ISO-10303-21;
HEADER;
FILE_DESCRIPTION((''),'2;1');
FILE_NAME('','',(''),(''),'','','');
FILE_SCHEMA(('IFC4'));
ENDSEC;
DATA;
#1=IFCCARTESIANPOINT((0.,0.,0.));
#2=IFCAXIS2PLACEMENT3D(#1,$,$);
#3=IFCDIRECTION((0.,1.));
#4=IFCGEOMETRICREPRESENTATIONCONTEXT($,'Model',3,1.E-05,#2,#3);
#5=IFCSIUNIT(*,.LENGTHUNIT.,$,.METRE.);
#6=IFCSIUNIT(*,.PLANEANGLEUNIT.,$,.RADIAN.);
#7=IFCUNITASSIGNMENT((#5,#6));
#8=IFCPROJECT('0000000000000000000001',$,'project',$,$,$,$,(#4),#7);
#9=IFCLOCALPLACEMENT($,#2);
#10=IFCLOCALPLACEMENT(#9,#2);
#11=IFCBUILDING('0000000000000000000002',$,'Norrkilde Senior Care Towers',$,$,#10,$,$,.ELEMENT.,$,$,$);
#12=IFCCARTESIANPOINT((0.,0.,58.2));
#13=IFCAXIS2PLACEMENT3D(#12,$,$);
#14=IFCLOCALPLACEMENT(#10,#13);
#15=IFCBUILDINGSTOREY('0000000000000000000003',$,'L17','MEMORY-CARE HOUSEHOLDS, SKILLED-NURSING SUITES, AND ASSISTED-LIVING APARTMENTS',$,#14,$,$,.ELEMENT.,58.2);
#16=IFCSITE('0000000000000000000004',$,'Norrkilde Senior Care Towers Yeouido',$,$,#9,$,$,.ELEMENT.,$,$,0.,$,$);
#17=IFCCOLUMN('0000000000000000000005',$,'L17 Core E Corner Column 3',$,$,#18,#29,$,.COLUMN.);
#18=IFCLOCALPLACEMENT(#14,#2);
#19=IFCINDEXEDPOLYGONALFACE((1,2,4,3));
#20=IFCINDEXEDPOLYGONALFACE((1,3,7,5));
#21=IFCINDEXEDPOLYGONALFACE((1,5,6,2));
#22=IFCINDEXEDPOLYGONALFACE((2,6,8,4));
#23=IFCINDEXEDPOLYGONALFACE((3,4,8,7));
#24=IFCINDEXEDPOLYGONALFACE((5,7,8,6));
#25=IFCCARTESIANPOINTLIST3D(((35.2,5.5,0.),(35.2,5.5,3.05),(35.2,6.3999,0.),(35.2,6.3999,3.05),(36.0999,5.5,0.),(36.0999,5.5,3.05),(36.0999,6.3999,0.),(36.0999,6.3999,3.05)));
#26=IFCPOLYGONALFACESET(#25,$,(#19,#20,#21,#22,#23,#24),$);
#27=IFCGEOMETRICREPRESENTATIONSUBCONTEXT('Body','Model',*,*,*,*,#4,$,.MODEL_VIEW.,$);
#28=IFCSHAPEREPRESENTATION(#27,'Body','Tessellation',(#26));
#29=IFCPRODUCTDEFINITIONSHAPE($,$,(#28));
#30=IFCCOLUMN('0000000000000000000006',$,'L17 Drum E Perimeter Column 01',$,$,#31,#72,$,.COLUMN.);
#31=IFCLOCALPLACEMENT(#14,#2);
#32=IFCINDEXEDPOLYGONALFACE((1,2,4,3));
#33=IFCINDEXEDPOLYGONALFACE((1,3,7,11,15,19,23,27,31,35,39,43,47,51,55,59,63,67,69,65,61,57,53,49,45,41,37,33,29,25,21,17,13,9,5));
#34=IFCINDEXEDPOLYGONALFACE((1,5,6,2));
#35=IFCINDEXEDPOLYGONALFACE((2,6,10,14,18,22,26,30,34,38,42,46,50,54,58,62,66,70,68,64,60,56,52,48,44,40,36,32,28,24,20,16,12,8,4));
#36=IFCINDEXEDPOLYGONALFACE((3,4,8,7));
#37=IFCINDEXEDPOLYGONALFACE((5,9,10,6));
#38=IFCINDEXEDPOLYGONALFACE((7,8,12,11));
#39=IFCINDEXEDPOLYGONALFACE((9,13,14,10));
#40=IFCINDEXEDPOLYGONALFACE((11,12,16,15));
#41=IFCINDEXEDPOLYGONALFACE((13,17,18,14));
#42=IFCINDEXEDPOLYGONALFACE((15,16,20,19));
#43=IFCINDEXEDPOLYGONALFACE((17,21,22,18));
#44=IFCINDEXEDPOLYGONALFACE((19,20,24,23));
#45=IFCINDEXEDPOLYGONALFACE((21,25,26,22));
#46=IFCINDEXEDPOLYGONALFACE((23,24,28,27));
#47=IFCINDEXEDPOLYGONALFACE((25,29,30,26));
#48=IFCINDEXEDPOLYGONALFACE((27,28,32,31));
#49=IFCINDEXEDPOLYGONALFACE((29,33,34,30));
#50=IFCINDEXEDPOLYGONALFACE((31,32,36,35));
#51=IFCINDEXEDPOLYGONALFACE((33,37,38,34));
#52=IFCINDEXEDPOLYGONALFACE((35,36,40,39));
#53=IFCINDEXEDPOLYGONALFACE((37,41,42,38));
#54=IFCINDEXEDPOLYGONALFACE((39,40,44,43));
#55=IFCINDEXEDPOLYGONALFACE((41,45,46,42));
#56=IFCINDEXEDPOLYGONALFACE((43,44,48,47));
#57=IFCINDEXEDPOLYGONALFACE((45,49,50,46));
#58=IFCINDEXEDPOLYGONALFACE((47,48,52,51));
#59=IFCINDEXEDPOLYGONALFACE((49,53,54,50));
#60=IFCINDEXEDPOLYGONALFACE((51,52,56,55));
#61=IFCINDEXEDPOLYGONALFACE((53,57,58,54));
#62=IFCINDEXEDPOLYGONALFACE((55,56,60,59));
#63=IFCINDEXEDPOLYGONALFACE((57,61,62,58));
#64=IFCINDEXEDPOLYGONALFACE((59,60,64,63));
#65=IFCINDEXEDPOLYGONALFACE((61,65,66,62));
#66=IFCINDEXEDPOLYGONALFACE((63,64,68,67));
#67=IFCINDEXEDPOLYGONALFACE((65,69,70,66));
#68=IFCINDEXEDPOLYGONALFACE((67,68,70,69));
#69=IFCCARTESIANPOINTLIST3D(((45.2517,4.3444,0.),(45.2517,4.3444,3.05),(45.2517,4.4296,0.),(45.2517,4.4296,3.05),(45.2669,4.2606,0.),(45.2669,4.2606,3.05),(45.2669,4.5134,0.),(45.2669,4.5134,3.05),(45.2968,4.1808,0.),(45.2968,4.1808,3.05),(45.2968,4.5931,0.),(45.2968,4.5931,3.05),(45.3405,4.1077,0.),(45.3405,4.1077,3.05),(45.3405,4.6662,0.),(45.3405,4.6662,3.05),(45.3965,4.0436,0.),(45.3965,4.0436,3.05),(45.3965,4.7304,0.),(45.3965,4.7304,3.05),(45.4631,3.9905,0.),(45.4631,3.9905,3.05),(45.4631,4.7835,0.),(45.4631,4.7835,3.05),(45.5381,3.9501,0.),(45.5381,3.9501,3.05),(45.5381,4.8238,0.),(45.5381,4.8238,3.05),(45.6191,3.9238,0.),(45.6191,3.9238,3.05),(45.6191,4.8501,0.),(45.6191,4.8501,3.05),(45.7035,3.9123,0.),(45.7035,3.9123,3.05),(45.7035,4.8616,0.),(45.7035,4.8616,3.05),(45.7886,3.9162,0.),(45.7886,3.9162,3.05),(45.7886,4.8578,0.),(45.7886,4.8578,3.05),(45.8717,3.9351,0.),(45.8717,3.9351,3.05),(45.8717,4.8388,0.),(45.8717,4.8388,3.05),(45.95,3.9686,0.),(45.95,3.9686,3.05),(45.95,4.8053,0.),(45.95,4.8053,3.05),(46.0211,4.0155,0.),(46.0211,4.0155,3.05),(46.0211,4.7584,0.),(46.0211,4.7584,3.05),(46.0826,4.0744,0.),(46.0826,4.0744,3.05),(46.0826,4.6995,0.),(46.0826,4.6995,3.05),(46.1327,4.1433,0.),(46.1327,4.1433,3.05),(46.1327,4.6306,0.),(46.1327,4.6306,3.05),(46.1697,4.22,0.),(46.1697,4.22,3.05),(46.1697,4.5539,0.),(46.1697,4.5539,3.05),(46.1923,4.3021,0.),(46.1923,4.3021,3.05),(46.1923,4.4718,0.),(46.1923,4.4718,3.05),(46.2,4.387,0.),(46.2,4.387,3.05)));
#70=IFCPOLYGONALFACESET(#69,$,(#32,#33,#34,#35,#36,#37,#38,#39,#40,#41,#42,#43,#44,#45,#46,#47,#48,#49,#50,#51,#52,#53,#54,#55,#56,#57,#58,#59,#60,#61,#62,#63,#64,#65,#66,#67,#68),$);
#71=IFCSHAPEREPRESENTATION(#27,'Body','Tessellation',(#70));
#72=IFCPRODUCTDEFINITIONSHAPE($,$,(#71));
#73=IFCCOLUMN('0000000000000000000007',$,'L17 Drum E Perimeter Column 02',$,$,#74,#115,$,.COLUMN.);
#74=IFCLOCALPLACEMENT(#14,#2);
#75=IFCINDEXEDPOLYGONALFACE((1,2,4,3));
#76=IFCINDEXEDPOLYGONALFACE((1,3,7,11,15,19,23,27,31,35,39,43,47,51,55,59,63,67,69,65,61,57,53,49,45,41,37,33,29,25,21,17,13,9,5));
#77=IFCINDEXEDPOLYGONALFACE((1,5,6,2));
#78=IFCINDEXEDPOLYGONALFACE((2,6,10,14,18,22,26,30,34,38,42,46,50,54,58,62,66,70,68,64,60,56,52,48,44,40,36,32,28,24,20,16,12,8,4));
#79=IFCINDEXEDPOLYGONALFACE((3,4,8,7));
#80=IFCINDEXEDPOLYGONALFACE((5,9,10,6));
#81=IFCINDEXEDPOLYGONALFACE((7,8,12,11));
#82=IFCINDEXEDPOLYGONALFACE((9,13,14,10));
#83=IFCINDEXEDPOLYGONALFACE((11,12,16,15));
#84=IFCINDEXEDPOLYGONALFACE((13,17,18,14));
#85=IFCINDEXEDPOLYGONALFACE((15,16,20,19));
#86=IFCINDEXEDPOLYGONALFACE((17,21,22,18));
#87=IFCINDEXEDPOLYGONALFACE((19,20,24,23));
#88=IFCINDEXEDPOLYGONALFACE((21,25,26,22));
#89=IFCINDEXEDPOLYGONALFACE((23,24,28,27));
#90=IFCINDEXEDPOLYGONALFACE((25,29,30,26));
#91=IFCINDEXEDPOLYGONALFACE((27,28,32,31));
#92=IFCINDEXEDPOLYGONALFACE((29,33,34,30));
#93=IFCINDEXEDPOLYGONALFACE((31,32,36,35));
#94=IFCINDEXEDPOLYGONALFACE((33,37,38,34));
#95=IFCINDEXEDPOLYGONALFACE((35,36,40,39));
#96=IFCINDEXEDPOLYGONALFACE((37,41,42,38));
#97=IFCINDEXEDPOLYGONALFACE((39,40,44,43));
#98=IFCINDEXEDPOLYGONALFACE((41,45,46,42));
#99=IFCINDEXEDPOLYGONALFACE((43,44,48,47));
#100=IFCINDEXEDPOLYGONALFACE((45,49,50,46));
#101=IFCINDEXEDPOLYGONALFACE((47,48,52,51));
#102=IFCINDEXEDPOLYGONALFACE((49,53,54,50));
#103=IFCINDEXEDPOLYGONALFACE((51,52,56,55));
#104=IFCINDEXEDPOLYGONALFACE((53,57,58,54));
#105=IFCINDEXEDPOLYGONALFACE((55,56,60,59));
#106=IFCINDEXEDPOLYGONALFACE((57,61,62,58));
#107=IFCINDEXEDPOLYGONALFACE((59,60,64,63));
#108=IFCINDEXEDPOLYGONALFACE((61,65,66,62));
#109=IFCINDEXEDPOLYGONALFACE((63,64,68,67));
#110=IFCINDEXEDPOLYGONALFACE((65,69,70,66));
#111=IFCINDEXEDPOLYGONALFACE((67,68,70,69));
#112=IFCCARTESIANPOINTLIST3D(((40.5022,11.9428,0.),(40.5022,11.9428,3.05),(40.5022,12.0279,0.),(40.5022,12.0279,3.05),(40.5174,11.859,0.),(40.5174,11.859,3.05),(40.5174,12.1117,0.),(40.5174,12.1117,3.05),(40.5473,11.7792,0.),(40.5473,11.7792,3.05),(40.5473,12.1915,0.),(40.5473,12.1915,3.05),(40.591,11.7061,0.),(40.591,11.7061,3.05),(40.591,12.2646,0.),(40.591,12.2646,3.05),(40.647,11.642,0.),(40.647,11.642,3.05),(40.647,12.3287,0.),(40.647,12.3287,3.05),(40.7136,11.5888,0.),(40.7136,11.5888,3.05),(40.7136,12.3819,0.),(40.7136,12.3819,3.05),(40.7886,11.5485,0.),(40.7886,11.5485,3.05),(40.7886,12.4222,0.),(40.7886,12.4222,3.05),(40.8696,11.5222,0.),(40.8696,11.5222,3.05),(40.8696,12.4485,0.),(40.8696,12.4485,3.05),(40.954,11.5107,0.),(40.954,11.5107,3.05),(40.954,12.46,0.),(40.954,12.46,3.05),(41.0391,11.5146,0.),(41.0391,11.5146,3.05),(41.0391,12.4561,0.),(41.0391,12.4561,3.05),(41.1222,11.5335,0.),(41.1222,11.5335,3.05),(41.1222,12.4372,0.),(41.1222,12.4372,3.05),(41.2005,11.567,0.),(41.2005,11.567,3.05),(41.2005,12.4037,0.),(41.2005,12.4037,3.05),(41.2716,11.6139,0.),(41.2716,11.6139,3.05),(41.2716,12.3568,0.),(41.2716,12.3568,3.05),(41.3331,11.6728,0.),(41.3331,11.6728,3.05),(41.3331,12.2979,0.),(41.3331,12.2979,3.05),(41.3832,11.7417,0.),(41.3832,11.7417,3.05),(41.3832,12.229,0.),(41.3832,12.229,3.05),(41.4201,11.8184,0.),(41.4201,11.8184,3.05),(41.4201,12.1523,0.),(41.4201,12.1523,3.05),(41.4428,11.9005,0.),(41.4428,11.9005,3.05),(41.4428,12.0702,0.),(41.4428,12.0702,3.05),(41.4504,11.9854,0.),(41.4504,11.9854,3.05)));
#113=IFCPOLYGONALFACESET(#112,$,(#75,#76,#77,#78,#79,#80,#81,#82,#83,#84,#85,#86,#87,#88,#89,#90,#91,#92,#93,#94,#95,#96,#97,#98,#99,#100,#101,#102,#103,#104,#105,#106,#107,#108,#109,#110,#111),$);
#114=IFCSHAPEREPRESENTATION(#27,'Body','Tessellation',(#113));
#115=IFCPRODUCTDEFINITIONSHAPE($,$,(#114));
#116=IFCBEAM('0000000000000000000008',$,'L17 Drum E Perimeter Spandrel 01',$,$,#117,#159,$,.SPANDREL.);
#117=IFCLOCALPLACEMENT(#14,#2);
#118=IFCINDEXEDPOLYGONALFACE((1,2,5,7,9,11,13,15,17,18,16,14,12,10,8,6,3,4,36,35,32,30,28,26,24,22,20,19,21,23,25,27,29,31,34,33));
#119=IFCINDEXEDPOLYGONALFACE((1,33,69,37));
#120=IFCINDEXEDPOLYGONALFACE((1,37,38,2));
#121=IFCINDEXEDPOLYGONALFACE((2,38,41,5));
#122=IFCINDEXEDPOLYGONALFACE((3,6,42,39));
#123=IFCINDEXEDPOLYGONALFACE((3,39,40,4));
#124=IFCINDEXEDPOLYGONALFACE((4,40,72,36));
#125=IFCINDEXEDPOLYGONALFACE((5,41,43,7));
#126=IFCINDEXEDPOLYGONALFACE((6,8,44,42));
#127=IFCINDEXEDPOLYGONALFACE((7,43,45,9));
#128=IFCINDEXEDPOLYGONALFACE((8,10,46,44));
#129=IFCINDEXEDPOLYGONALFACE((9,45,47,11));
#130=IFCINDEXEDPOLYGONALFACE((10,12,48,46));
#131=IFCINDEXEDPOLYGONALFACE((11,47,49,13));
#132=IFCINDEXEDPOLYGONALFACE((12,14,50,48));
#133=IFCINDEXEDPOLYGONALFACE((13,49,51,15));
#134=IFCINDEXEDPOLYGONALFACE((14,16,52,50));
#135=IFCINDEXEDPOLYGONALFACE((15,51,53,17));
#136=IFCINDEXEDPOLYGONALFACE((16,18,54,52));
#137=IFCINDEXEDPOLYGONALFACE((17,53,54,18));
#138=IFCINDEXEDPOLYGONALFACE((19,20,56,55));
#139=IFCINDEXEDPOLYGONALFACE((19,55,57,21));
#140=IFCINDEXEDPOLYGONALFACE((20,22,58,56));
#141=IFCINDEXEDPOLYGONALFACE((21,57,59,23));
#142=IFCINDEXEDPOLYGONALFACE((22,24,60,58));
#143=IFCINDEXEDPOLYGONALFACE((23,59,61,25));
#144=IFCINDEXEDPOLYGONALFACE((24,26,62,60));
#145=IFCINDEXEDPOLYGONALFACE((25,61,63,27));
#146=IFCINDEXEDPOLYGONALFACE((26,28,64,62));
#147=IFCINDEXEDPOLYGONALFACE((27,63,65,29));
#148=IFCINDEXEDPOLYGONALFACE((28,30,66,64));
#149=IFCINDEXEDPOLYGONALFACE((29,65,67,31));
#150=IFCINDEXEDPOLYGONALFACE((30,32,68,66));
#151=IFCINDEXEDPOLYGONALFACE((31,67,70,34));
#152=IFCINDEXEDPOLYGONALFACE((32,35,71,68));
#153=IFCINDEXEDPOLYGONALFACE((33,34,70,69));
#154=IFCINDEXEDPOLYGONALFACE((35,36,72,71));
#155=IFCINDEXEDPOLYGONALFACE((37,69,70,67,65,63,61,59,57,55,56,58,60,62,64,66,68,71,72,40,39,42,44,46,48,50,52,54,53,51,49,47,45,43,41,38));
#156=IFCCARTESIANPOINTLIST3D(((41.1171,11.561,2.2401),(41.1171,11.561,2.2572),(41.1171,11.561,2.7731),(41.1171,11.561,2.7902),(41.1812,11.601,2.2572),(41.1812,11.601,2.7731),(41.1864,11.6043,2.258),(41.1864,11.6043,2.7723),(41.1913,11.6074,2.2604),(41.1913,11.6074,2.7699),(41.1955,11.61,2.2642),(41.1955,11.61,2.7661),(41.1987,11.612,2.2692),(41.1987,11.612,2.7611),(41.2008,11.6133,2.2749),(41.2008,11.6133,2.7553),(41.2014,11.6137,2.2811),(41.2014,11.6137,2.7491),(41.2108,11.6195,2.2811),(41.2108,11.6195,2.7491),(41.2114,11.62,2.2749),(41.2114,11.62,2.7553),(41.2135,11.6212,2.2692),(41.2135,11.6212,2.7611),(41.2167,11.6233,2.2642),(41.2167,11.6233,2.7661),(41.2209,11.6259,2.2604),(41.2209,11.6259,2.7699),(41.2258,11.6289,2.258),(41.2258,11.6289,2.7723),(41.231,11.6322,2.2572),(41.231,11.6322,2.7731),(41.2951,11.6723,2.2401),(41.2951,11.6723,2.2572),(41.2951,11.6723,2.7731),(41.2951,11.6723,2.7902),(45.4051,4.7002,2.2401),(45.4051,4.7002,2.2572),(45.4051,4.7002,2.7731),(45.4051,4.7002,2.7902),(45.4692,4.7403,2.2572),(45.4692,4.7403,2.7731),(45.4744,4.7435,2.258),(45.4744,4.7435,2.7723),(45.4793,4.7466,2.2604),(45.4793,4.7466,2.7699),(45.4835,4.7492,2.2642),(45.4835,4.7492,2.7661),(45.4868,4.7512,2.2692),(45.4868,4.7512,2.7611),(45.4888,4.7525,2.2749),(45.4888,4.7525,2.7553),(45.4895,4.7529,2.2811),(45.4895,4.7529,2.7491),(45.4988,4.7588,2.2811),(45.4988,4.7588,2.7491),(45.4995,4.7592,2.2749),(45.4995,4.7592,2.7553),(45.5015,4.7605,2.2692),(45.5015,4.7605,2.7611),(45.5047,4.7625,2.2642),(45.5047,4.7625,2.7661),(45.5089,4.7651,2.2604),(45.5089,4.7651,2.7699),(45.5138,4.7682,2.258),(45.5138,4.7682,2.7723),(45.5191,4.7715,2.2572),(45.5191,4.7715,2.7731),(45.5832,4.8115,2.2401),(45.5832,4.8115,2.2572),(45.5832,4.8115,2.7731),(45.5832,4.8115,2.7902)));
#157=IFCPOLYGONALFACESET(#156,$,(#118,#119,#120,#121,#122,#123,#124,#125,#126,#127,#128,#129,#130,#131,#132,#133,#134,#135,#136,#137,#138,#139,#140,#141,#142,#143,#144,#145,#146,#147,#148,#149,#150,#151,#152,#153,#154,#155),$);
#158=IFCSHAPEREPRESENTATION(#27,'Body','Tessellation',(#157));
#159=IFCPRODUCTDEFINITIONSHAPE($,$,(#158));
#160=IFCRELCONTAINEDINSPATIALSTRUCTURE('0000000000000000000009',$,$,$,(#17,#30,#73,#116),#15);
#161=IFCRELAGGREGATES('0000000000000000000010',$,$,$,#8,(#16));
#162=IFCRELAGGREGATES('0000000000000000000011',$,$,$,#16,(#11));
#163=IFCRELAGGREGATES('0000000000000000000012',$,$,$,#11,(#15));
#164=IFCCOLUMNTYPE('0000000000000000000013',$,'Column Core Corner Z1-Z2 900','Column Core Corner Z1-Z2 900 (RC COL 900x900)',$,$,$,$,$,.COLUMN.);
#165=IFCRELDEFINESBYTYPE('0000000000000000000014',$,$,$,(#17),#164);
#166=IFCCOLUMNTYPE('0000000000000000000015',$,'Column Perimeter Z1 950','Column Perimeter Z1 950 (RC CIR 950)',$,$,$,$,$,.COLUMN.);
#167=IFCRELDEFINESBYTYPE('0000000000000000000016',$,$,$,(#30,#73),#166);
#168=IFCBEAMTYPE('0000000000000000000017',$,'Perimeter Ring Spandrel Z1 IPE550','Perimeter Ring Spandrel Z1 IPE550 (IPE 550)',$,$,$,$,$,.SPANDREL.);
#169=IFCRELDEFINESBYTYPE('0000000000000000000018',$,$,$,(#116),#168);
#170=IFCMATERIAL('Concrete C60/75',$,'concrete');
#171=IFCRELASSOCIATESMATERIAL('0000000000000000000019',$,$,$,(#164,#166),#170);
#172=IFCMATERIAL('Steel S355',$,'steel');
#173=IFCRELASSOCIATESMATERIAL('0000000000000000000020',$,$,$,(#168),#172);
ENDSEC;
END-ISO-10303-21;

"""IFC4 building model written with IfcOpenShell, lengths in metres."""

from ifc_helpers import new_model, si_unit, direction, frame, origin, origin_2d, place, context, subcontext, project, spatial, rectangle, circle, i_section, extrude, source, transform, mapped, material, material_profile, profile_set, type_object, type_shapes, element, save


model = new_model("IFC4")

# Units and contexts
model_context = context("Model", 3, precision=1e-05, world=origin(), true_north=direction((0.0, 1.0)))
body_context = subcontext(model_context, "Body", "Model", "MODEL_VIEW")
ifc_project = project(units=[si_unit("LENGTHUNIT", "METRE"), si_unit("PLANEANGLEUNIT", "RADIAN")], contexts=[model_context])

# Site, building, storey
site_placement = place(None, origin())
site = spatial("IfcSite", under=ifc_project, at=site_placement, Name="Norrkilde Senior Care Towers Yeouido", CompositionType="ELEMENT", RefElevation=0.0)
building_placement = place(site_placement, origin())
building = spatial("IfcBuilding", under=site, at=building_placement, Name="Norrkilde Senior Care Towers", CompositionType="ELEMENT")
storey_placement = place(building_placement, frame((0.0, 0.0, 58.2)))
storey = spatial("IfcBuildingStorey", under=building, at=storey_placement, Name="L17", Description="MEMORY-CARE HOUSEHOLDS, SKILLED-NURSING SUITES, AND ASSISTED-LIVING APARTMENTS", CompositionType="ELEMENT", Elevation=58.2)

# Columns
ifc_material_1 = material(Name="Concrete C60/75", Category="concrete")
ifc_material_profile_1 = material_profile(ifc_material_1, rectangle(XDim=0.8999, YDim=0.8999, at=origin_2d()), Name="RC COL 900x900")
ifc_profile_set_1 = profile_set([ifc_material_profile_1], Name="Concrete C60/75")
column_type_1 = type_object("IfcColumnType", Name="Column Core Corner Z1-Z2 900", Description="Column Core Corner Z1-Z2 900 (RC COL 900x900)", PredefinedType="COLUMN", material=ifc_profile_set_1)
shared_shape_1 = source(origin(), body_context, "Body", "SweptSolid", [
    extrude(rectangle(XDim=0.8999, YDim=0.8999, at=origin_2d()), origin(), (0.0, 0.0, 1.0), 3.05),
])
type_shapes(column_type_1, [shared_shape_1])
column_placement = place(storey_placement, frame((35.6499, 5.95, 0.0), z_axis=(0.0, 0.0, 1.0), x_axis=(1.0, 0.0, 0.0)))
element("IfcColumn", 1, at=column_placement, inside=storey, type_object=column_type_1, Name="L17 Core E Corner Column 3", PredefinedType="COLUMN", context=body_context, shape_type="MappedRepresentation", body=[
    mapped(shared_shape_1, transform((0.0, 0.0, 0.0), x_axis=(1.0, 0.0, 0.0), y_axis=(0.0, 1.0, 0.0), z_axis=(0.0, 0.0, 1.0), scale=1.0)),
])
ifc_material_profile_2 = material_profile(ifc_material_1, circle(Radius=0.4751, at=origin_2d()), Name="RC CIR 950")
ifc_profile_set_2 = profile_set([ifc_material_profile_2], Name="Concrete C60/75")
column_type_2 = type_object("IfcColumnType", Name="Column Perimeter Z1 950", Description="Column Perimeter Z1 950 (RC CIR 950)", PredefinedType="COLUMN", material=ifc_profile_set_2)
shared_shape_2 = source(origin(), body_context, "Body", "SweptSolid", [
    extrude(circle(Radius=0.4751, at=origin_2d()), origin(), (0.0, 0.0, 1.0), 3.05),
])
type_shapes(column_type_2, [shared_shape_2])
for number, where, z_axis, x_axis, name in (
    (2, (45.7249, 4.387, 0.0), (0.0, 0.0, 1.0), (1.0, 0.0, 0.0), "L17 Drum E Perimeter Column 01"),
    (3, (40.9753, 11.9854, 0.0), (0.0, 0.0, 1.0), (1.0, 0.0, 0.0), "L17 Drum E Perimeter Column 02"),
):
    element("IfcColumn", number, at=place(storey_placement, frame(where, z_axis=z_axis, x_axis=x_axis)), inside=storey, type_object=column_type_2, Name=name, PredefinedType="COLUMN", context=body_context, shape_type="MappedRepresentation", body=[
        mapped(shared_shape_2, transform((0.0, 0.0, 0.0), x_axis=(1.0, 0.0, 0.0), y_axis=(0.0, 1.0, 0.0), z_axis=(0.0, 0.0, 1.0), scale=1.0)),
    ])

# Beam
ifc_material_2 = material(Name="Steel S355", Category="steel")
ifc_material_profile_3 = material_profile(ifc_material_2, i_section(OverallWidth=0.21, OverallDepth=0.55, WebThickness=0.011, FlangeThickness=0.0171, FilletRadius=0.0239, at=origin_2d()), Name="IPE 550")
ifc_profile_set_3 = profile_set([ifc_material_profile_3], Name="Steel S355")
beam_type_1 = type_object("IfcBeamType", Name="Perimeter Ring Spandrel Z1 IPE550", Description="Perimeter Ring Spandrel Z1 IPE550 (IPE 550)", PredefinedType="SPANDREL", material=ifc_profile_set_3)
shared_shape_3 = source(origin(), body_context, "Body", "SweptSolid", [
    extrude(i_section(OverallWidth=0.21, OverallDepth=0.55, WebThickness=0.011, FlangeThickness=0.0171, FilletRadius=0.0239, at=origin_2d()), origin(), (0.0, 0.0, 1.0), 8.0906),
])
beam_1_placement = place(storey_placement, frame((45.4941, 4.7559, 2.5151), z_axis=(-0.530004, 0.847995, 0.0), x_axis=(-0.847995, -0.530004, 0.0)))
element("IfcBeam", 4, at=beam_1_placement, inside=storey, type_object=beam_type_1, Name="L17 Drum E Perimeter Spandrel 01", PredefinedType="SPANDREL", context=body_context, shape_type="MappedRepresentation", body=[
    mapped(shared_shape_3, transform((0.0, 0.0, 0.0), x_axis=(1.0, 0.0, 0.0), y_axis=(0.0, 1.0, 0.0), z_axis=(0.0, 0.0, 1.0), scale=1.0)),
])

save(model, "model.ifc")
